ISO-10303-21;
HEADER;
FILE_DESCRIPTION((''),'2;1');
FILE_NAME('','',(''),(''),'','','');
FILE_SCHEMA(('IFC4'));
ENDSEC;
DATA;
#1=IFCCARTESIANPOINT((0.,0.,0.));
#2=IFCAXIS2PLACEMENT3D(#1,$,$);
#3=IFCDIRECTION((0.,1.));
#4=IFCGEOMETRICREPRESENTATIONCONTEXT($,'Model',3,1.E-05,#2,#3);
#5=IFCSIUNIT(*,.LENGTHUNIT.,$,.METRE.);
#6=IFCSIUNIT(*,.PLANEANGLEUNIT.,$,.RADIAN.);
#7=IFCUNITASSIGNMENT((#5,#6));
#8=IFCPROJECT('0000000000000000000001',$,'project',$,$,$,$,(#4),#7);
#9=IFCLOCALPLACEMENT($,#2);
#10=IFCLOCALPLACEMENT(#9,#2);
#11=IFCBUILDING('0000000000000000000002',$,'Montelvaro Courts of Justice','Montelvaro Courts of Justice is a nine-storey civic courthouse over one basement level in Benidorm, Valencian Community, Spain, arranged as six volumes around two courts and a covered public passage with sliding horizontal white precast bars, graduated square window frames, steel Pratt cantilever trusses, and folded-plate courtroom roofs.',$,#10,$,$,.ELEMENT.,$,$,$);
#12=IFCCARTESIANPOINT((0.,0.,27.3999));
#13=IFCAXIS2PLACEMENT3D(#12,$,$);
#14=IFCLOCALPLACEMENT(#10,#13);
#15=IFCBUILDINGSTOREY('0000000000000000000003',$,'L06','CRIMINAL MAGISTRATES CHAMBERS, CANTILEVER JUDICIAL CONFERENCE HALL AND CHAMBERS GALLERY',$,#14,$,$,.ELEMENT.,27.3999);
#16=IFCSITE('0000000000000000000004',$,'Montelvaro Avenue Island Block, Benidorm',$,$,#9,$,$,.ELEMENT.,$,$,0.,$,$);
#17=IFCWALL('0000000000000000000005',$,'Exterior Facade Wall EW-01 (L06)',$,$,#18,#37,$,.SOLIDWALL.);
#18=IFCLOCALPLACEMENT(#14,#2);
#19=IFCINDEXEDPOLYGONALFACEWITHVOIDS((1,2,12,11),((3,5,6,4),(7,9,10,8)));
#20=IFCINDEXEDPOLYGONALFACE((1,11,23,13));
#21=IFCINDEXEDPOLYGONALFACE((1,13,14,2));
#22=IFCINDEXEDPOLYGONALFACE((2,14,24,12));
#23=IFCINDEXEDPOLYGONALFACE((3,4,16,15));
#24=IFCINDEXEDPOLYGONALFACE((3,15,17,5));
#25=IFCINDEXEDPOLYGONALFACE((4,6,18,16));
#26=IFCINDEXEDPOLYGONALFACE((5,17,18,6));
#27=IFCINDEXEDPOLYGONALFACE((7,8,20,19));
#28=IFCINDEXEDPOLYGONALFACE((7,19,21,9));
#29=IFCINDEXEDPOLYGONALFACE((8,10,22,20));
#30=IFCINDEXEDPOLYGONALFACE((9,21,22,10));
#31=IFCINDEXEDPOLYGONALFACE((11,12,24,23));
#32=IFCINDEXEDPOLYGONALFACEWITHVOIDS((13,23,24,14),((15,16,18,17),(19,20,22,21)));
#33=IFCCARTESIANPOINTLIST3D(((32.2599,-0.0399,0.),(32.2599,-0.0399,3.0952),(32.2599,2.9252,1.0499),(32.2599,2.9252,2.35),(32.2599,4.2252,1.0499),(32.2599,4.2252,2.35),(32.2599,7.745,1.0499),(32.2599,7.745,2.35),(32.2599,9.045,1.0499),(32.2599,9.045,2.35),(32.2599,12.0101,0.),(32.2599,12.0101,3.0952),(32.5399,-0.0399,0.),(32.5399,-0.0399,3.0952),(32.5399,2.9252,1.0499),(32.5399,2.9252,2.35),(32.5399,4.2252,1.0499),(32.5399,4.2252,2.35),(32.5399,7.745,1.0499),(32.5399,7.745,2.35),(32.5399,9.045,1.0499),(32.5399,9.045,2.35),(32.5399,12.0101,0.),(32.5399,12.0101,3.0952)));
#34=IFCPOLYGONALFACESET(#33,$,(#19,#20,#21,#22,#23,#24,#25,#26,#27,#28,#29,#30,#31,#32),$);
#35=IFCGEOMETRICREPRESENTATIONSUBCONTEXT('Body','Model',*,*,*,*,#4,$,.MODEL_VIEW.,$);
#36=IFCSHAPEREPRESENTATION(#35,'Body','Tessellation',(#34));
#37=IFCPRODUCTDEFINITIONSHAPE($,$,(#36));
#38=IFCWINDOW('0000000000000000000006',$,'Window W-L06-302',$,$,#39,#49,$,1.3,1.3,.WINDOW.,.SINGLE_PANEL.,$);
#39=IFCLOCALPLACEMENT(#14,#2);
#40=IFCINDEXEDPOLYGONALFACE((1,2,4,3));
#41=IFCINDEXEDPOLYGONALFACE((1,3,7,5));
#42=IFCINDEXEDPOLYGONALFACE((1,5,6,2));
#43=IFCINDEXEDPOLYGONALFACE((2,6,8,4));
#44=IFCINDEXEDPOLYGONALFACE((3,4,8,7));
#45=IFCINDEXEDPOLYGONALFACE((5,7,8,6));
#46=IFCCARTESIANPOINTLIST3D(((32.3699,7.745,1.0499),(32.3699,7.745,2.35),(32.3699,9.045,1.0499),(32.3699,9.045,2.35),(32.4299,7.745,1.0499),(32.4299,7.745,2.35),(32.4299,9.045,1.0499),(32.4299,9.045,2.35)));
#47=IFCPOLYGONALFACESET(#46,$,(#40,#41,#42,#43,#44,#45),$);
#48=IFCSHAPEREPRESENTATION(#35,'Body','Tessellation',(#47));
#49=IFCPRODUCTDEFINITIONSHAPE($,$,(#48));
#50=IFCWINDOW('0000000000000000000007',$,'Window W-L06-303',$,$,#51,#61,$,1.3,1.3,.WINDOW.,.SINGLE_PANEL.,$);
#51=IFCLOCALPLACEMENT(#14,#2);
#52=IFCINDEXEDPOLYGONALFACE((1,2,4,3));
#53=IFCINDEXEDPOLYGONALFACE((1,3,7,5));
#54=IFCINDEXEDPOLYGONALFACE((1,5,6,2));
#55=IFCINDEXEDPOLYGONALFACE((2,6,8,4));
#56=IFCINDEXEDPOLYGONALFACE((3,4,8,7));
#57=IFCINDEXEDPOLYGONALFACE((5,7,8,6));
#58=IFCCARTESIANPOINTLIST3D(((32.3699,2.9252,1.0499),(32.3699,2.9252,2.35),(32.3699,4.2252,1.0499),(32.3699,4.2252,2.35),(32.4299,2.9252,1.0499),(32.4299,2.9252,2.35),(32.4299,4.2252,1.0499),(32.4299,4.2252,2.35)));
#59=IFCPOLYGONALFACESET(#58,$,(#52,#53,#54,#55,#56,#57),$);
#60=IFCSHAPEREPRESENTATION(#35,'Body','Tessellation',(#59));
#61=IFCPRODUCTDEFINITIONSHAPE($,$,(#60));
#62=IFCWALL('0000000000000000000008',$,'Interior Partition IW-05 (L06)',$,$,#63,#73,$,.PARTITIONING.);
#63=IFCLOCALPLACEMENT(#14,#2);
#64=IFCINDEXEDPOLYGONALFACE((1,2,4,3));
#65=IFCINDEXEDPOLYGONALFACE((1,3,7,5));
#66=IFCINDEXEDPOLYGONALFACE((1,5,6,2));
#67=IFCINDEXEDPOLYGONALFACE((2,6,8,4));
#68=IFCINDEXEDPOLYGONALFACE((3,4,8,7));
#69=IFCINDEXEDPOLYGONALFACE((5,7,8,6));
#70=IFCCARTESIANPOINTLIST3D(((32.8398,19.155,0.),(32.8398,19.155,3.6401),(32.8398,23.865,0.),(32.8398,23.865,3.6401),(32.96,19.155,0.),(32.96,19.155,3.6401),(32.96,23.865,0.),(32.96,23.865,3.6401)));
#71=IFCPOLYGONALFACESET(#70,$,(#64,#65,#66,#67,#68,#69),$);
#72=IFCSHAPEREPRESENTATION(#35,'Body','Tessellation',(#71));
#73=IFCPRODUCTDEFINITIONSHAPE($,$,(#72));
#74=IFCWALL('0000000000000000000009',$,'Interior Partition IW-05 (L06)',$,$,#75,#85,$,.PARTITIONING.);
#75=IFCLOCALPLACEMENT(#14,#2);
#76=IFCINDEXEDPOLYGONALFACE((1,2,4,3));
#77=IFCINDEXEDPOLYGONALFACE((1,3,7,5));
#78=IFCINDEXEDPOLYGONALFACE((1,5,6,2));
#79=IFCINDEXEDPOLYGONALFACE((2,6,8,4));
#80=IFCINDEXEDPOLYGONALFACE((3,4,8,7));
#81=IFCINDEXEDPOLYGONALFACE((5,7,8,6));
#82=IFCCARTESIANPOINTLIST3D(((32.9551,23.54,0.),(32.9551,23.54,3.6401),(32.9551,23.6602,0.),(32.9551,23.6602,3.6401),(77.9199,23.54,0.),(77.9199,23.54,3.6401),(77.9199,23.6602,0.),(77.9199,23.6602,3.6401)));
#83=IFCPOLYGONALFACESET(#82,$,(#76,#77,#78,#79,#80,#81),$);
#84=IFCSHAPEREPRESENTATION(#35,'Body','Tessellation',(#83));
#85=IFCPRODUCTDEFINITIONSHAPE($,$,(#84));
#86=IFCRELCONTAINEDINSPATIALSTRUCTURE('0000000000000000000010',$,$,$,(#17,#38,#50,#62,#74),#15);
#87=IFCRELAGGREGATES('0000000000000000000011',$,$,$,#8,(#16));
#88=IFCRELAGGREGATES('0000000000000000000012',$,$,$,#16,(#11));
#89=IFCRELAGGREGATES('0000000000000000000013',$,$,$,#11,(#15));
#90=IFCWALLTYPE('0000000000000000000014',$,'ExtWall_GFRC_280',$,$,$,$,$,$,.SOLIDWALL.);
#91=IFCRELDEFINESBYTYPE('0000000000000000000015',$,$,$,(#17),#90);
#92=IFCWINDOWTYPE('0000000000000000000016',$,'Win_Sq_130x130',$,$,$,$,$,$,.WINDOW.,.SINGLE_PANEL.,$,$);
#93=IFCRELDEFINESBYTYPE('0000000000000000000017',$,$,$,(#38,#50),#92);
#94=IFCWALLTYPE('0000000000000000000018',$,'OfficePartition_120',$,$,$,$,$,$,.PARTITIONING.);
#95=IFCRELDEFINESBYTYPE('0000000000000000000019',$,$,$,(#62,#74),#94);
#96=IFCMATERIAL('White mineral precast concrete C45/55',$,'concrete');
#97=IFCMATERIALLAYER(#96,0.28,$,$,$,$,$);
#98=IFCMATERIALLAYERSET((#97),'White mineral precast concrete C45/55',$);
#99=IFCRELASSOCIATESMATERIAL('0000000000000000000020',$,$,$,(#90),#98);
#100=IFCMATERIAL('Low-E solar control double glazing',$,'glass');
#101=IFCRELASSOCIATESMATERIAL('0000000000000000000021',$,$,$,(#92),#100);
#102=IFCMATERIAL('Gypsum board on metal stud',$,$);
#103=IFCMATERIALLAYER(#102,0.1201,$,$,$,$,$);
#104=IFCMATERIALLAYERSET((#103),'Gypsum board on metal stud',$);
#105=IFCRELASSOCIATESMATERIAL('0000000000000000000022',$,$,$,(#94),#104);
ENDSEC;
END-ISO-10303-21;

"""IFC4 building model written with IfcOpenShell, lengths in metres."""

from ifc_helpers import new_model, si_unit, direction, frame, frame_2d, origin, place, context, subcontext, project, spatial, rectangle, extrude, material, layer, layer_set, type_object, element, fill, save


model = new_model("IFC4")

# Units and contexts
model_context = context("Model", 3, precision=1e-05, world=origin(), true_north=direction((0.0, 1.0)))
body_context = subcontext(model_context, "Body", "Model", "MODEL_VIEW")
ifc_project = project(units=[si_unit("LENGTHUNIT", "METRE"), si_unit("PLANEANGLEUNIT", "RADIAN")], contexts=[model_context])

# Site, building, storey
site_placement = place(None, origin())
site = spatial("IfcSite", under=ifc_project, at=site_placement, Name="Montelvaro Avenue Island Block, Benidorm", CompositionType="ELEMENT", RefElevation=0.0)
building_placement = place(site_placement, origin())
building = spatial("IfcBuilding", under=site, at=building_placement, Name="Montelvaro Courts of Justice", Description="Montelvaro Courts of Justice is a nine-storey civic courthouse over one basement level in Benidorm, Valencian Community, Spain, arranged as six volumes around two courts and a covered public passage with sliding horizontal white precast bars, graduated square window frames, steel Pratt cantilever trusses, and folded-plate courtroom roofs.", CompositionType="ELEMENT")
storey_placement = place(building_placement, frame((0.0, 0.0, 27.3999)))
storey = spatial("IfcBuildingStorey", under=building, at=storey_placement, Name="L06", Description="CRIMINAL MAGISTRATES CHAMBERS, CANTILEVER JUDICIAL CONFERENCE HALL AND CHAMBERS GALLERY", CompositionType="ELEMENT", Elevation=27.3999)

# Shared definitions
ifc_material_1 = material(Name="Gypsum board on metal stud")

# Shared definitions
ifc_material_2 = material(Name="White mineral precast concrete C45/55", Category="concrete")
ifc_layer_1 = layer(ifc_material_2, 0.28)
ifc_layer_set_1 = layer_set([ifc_layer_1], Name="White mineral precast concrete C45/55")
wall_type_1 = type_object("IfcWallType", Name="ExtWall_GFRC_280", PredefinedType="SOLIDWALL", material=ifc_layer_set_1)

# Wall, openings, windows
ifc_material_3 = material(Name="Low-E solar control double glazing", Category="glass")
window_type = type_object("IfcWindowType", Name="Win_Sq_130x130", PartitioningType="SINGLE_PANEL", PredefinedType="WINDOW", material=ifc_material_3)
wall_1_placement = place(storey_placement, frame((32.3999, 12.01, 0.0), z_axis=(0.0, 0.0, 1.0), x_axis=(0.0, -1.0, 0.0)))
wall_1 = element("IfcWall", 1, at=wall_1_placement, inside=storey, type_object=wall_type_1, Name="Exterior Facade Wall EW-01 (L06)", PredefinedType="SOLIDWALL", context=body_context, shape_type="SweptSolid", body=[
    extrude(rectangle(XDim=12.05, YDim=0.28, at=frame_2d((6.0249, 0.0))), origin(), (0.0, 0.0, 1.0), 3.0952),
])
opening_1_placement = place(wall_1_placement, frame((2.9651, 0.0, 1.05)))
opening_1 = element("IfcOpeningElement", 2, at=opening_1_placement, cuts=wall_1, PredefinedType="OPENING", context=body_context, shape_type="SweptSolid", body=[
    extrude(rectangle(XDim=1.3, YDim=1.3, at=frame_2d((0.6499, 0.6499))), frame((0.0, 0.1548, 0.0), z_axis=(0.0, -1.0, 0.0), x_axis=(1.0, 0.0, 0.0)), (0.0, 0.0, 1.0), 0.3098),
])
opening_2_placement = place(wall_1_placement, frame((7.7849, 0.0, 1.05)))
opening_2 = element("IfcOpeningElement", 3, at=opening_2_placement, cuts=wall_1, PredefinedType="OPENING", context=body_context, shape_type="SweptSolid", body=[
    extrude(rectangle(XDim=1.3, YDim=1.3, at=frame_2d((0.6499, 0.6499))), frame((0.0, 0.1548, 0.0), z_axis=(0.0, -1.0, 0.0), x_axis=(1.0, 0.0, 0.0)), (0.0, 0.0, 1.0), 0.3098),
])
window_1_placement = place(opening_1_placement, origin())
window_1 = element("IfcWindow", 4, at=window_1_placement, inside=storey, type_object=window_type, Name="Window W-L06-302", OverallHeight=1.3, OverallWidth=1.3, PartitioningType="SINGLE_PANEL", PredefinedType="WINDOW", context=body_context, shape_type="SweptSolid", body=[
    extrude(rectangle(XDim=1.3, YDim=1.3, at=frame_2d((0.6499, 0.6499))), frame((0.0, 0.03, 0.0), z_axis=(0.0, -1.0, 0.0), x_axis=(1.0, 0.0, 0.0)), (0.0, 0.0, 1.0), 0.0601),
])
fill(opening_1, window_1)
window_2_placement = place(opening_2_placement, origin())
window_2 = element("IfcWindow", 5, at=window_2_placement, inside=storey, type_object=window_type, Name="Window W-L06-303", OverallHeight=1.3, OverallWidth=1.3, PartitioningType="SINGLE_PANEL", PredefinedType="WINDOW", context=body_context, shape_type="SweptSolid", body=[
    extrude(rectangle(XDim=1.3, YDim=1.3, at=frame_2d((0.6499, 0.6499))), frame((0.0, 0.03, 0.0), z_axis=(0.0, -1.0, 0.0), x_axis=(1.0, 0.0, 0.0)), (0.0, 0.0, 1.0), 0.0601),
])
fill(opening_2, window_2)

# Walls
ifc_layer_2 = layer(ifc_material_1, 0.1201)
ifc_layer_set_2 = layer_set([ifc_layer_2], Name="Gypsum board on metal stud")
wall_type_2 = type_object("IfcWallType", Name="OfficePartition_120", PredefinedType="PARTITIONING", material=ifc_layer_set_2)
wall_2_placement = place(storey_placement, frame((32.8999, 19.155, 0.0), z_axis=(0.0, 0.0, 1.0), x_axis=(0.0, 1.0, 0.0)))
element("IfcWall", 6, at=wall_2_placement, inside=storey, type_object=wall_type_2, Name="Interior Partition IW-05 (L06)", PredefinedType="PARTITIONING", context=body_context, shape_type="SweptSolid", body=[
    extrude(rectangle(XDim=4.71, YDim=0.1201, at=frame_2d((2.355, 0.0))), origin(), (0.0, 0.0, 1.0), 3.6401),
])
wall_3_placement = place(storey_placement, frame((32.9551, 23.6001, 0.0), z_axis=(0.0, 0.0, 1.0), x_axis=(1.0, 0.0, 0.0)))
element("IfcWall", 7, at=wall_3_placement, inside=storey, type_object=wall_type_2, Name="Interior Partition IW-05 (L06)", PredefinedType="PARTITIONING", context=body_context, shape_type="SweptSolid", body=[
    extrude(rectangle(XDim=44.9648, YDim=0.1201, at=frame_2d((22.4824, 0.0))), origin(), (0.0, 0.0, 1.0), 3.6401),
])

save(model, "model.ifc")
